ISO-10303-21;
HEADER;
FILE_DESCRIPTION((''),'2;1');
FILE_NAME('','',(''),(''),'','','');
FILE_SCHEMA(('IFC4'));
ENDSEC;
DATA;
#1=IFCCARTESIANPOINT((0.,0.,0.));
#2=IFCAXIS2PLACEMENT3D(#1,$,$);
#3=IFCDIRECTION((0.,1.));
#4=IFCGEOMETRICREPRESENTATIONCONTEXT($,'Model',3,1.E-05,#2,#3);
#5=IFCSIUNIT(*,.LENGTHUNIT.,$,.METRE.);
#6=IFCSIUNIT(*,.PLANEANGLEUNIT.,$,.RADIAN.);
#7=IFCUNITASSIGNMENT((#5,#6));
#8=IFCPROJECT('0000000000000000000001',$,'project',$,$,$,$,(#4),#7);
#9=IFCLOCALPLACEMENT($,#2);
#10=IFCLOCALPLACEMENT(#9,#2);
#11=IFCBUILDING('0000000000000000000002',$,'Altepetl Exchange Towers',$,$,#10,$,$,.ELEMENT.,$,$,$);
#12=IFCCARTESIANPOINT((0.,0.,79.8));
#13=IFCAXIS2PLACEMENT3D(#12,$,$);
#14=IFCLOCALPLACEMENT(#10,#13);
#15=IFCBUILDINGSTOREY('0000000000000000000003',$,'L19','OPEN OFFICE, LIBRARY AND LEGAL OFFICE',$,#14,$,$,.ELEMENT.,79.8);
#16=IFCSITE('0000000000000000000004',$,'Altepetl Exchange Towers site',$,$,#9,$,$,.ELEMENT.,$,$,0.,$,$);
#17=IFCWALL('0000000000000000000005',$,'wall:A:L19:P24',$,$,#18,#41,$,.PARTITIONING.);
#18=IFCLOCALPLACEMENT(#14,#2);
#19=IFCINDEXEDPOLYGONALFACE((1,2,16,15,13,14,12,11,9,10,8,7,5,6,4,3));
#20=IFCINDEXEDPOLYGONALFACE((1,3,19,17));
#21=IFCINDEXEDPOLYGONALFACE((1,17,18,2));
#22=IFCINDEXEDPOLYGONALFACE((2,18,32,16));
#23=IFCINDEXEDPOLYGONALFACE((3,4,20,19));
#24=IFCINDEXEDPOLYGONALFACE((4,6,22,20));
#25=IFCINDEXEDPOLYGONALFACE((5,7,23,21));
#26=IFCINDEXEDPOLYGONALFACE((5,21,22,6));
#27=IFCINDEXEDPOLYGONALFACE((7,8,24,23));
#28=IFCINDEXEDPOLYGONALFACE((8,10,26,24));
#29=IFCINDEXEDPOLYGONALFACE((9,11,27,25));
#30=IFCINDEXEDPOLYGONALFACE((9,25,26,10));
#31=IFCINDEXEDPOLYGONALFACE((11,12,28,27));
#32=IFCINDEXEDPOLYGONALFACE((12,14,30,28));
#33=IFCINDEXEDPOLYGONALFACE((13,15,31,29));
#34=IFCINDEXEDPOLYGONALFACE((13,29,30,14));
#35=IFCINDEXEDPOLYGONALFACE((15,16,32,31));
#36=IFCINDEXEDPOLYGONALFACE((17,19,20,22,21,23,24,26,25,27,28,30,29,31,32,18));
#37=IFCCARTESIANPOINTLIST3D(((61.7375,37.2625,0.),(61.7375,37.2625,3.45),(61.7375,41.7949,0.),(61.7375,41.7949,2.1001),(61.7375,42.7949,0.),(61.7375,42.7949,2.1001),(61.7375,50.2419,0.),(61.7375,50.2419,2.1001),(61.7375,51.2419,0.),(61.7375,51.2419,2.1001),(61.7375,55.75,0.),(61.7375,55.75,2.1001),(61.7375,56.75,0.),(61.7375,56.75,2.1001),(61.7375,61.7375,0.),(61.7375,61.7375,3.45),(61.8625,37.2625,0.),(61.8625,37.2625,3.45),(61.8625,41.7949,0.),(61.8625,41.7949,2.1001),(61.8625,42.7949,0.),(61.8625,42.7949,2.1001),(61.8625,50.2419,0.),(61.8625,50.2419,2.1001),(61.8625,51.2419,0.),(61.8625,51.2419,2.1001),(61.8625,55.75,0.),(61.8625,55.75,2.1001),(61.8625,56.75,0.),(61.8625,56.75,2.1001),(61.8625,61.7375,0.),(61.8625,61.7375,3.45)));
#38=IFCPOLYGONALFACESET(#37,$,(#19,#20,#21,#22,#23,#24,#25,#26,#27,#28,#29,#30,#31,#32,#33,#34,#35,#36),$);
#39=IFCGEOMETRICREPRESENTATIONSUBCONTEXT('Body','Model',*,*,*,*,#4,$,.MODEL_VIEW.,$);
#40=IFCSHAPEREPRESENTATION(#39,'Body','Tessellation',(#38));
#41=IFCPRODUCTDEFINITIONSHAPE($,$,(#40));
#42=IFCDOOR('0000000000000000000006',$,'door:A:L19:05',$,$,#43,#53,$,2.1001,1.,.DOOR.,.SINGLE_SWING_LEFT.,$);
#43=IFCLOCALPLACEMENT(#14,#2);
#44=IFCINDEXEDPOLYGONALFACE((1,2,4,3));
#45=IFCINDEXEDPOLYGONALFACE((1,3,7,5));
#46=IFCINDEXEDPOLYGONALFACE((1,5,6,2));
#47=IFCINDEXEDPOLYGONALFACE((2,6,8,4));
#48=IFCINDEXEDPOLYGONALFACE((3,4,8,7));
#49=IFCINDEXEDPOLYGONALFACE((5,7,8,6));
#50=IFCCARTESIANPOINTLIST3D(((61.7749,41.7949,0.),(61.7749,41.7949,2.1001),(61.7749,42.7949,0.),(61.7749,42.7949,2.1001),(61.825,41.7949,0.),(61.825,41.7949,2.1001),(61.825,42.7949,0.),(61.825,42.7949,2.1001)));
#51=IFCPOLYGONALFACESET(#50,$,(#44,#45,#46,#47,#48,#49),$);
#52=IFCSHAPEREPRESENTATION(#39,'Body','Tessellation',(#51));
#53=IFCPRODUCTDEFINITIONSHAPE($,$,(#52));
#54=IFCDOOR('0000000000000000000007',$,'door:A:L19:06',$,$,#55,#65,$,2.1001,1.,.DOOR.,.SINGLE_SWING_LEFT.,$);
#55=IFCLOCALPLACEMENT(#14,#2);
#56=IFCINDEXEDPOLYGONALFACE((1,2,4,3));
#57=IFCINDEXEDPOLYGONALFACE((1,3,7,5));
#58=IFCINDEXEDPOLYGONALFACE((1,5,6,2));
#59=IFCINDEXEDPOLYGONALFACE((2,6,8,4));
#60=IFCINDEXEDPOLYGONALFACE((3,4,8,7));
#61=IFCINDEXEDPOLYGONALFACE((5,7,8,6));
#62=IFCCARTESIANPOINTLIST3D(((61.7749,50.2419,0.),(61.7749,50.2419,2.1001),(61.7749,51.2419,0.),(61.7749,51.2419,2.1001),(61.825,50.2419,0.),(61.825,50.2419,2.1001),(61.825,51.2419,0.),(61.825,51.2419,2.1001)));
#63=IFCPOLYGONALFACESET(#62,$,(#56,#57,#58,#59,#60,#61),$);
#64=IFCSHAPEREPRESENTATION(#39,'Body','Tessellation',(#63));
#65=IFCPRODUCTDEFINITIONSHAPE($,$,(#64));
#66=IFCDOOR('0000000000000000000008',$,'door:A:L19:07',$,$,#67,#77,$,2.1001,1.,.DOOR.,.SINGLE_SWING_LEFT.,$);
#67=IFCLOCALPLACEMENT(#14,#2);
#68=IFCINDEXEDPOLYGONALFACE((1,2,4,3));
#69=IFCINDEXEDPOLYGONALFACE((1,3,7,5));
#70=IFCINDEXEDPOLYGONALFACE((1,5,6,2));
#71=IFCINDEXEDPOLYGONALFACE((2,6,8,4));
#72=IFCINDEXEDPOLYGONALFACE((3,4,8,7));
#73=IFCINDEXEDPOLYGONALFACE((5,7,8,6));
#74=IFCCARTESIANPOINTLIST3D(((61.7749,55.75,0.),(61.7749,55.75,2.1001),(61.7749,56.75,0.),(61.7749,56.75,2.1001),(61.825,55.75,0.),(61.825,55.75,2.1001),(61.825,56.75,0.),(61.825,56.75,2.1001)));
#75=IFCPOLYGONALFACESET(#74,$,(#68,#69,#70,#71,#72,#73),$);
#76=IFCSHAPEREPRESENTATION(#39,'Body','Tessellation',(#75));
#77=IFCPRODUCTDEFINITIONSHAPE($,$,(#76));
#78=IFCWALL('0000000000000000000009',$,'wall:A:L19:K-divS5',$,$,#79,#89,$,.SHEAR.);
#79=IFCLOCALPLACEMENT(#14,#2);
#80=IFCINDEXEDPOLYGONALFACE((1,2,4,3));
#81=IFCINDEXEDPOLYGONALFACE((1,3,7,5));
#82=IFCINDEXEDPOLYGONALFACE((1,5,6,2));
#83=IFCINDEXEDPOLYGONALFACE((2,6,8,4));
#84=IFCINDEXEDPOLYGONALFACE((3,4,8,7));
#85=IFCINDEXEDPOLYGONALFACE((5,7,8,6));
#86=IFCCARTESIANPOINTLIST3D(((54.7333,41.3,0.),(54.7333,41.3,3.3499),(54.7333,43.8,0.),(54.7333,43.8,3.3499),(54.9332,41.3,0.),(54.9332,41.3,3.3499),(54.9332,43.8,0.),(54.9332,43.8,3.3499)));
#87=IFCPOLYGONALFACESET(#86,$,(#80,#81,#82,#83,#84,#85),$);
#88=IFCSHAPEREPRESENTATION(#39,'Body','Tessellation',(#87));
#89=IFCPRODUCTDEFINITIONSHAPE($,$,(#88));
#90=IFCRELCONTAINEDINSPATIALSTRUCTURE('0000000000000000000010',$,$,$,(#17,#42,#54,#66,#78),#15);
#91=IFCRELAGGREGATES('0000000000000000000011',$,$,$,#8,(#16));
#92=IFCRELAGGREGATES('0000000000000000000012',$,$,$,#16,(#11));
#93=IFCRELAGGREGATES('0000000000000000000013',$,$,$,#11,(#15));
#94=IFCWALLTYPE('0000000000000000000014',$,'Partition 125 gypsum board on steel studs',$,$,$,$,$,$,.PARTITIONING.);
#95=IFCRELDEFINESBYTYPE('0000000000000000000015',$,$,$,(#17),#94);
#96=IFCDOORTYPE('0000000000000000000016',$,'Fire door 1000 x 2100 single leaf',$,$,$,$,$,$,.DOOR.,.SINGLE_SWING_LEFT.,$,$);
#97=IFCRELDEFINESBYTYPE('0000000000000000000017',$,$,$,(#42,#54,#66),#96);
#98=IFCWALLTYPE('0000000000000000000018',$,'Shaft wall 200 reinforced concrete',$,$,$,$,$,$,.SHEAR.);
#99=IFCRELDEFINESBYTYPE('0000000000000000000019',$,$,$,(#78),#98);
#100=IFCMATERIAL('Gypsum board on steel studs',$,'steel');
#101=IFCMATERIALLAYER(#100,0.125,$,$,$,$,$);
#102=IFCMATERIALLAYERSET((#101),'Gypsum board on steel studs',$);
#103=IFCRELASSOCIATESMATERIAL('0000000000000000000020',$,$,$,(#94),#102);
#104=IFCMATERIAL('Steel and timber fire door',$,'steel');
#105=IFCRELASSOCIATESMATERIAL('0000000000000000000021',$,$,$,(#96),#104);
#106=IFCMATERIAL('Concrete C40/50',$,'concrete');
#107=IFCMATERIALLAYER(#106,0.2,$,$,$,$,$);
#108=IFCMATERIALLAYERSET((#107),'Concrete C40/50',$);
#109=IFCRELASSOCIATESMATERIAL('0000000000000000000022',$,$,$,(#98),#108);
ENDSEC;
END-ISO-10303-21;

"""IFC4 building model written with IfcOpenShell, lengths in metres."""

from ifc_helpers import new_model, si_unit, direction, frame, frame_2d, origin, place, context, subcontext, project, spatial, rectangle, extrude, material, layer, layer_set, type_object, element, fill, save


model = new_model("IFC4")

# Units and contexts
model_context = context("Model", 3, precision=1e-05, world=origin(), true_north=direction((0.0, 1.0)))
body_context = subcontext(model_context, "Body", "Model", "MODEL_VIEW")
ifc_project = project(units=[si_unit("LENGTHUNIT", "METRE"), si_unit("PLANEANGLEUNIT", "RADIAN")], contexts=[model_context])

# Site, building, storey
site_placement = place(None, origin())
site = spatial("IfcSite", under=ifc_project, at=site_placement, Name="Altepetl Exchange Towers site", CompositionType="ELEMENT", RefElevation=0.0)
building_placement = place(site_placement, origin())
building = spatial("IfcBuilding", under=site, at=building_placement, Name="Altepetl Exchange Towers", CompositionType="ELEMENT")
storey_placement = place(building_placement, frame((0.0, 0.0, 79.8)))
storey = spatial("IfcBuildingStorey", under=building, at=storey_placement, Name="L19", Description="OPEN OFFICE, LIBRARY AND LEGAL OFFICE", CompositionType="ELEMENT", Elevation=79.8)

# Shared definitions
ifc_material_1 = material(Name="Steel and timber fire door", Category="steel")

# Shared definitions
ifc_material_2 = material(Name="Gypsum board on steel studs", Category="steel")
ifc_layer_1 = layer(ifc_material_2, 0.125)
ifc_layer_set_1 = layer_set([ifc_layer_1], Name="Gypsum board on steel studs")
wall_type_1 = type_object("IfcWallType", Name="Partition 125 gypsum board on steel studs", PredefinedType="PARTITIONING", material=ifc_layer_set_1)

# Wall, openings, doors
wall_1_placement = place(storey_placement, frame((61.8, 37.2625, 0.0), z_axis=(0.0, 0.0, 1.0), x_axis=(0.0, 1.0, 0.0)))
wall_1 = element("IfcWall", 1, at=wall_1_placement, inside=storey, type_object=wall_type_1, Name="wall:A:L19:P24", PredefinedType="PARTITIONING", context=body_context, shape_type="SweptSolid", body=[
    extrude(rectangle(XDim=24.4751, YDim=0.125, at=frame_2d((12.2375, 0.0))), origin(), (0.0, 0.0, 1.0), 3.45),
])
opening_1_placement = place(wall_1_placement, frame((4.5325, 0.0, 0.0)))
opening_1 = element("IfcOpeningElement", 2, at=opening_1_placement, cuts=wall_1, PredefinedType="OPENING", context=body_context, shape_type="SweptSolid", body=[
    extrude(rectangle(XDim=1.0, YDim=2.1001, at=frame_2d((0.5, 1.05))), frame((0.0, 0.0725, 0.0), z_axis=(0.0, -1.0, 0.0), x_axis=(1.0, 0.0, 0.0)), (0.0, 0.0, 1.0), 0.145),
])
opening_2_placement = place(wall_1_placement, frame((12.9795, 0.0, 0.0)))
opening_2 = element("IfcOpeningElement", 3, at=opening_2_placement, cuts=wall_1, PredefinedType="OPENING", context=body_context, shape_type="SweptSolid", body=[
    extrude(rectangle(XDim=1.0, YDim=2.1001, at=frame_2d((0.5, 1.05))), frame((0.0, 0.0725, 0.0), z_axis=(0.0, -1.0, 0.0), x_axis=(1.0, 0.0, 0.0)), (0.0, 0.0, 1.0), 0.145),
])
opening_3_placement = place(wall_1_placement, frame((18.4875, 0.0, 0.0)))
opening_3 = element("IfcOpeningElement", 4, at=opening_3_placement, cuts=wall_1, PredefinedType="OPENING", context=body_context, shape_type="SweptSolid", body=[
    extrude(rectangle(XDim=1.0, YDim=2.1001, at=frame_2d((0.5, 1.05))), frame((0.0, 0.0725, 0.0), z_axis=(0.0, -1.0, 0.0), x_axis=(1.0, 0.0, 0.0)), (0.0, 0.0, 1.0), 0.145),
])
door_type_1 = type_object("IfcDoorType", Name="Fire door 1000 x 2100 single leaf", OperationType="SINGLE_SWING_LEFT", PredefinedType="DOOR", material=ifc_material_1)
door_1_placement = place(opening_1_placement, frame((1.0, 0.0, 0.0), x_axis=(-1.0, 0.0, 0.0)))
door_1 = element("IfcDoor", 5, at=door_1_placement, inside=storey, type_object=door_type_1, Name="door:A:L19:05", OperationType="SINGLE_SWING_LEFT", OverallHeight=2.1001, OverallWidth=1.0, PredefinedType="DOOR", context=body_context, shape_type="SweptSolid", body=[
    extrude(rectangle(XDim=1.0, YDim=2.1001, at=frame_2d((0.5, 1.05))), frame((0.0, 0.0249, 0.0), z_axis=(0.0, -1.0, 0.0), x_axis=(1.0, 0.0, 0.0)), (0.0, 0.0, 1.0), 0.05),
])
fill(opening_1, door_1)
door_2_placement = place(opening_2_placement, frame((1.0, 0.0, 0.0), x_axis=(-1.0, 0.0, 0.0)))
door_2 = element("IfcDoor", 6, at=door_2_placement, inside=storey, type_object=door_type_1, Name="door:A:L19:06", OperationType="SINGLE_SWING_LEFT", OverallHeight=2.1001, OverallWidth=1.0, PredefinedType="DOOR", context=body_context, shape_type="SweptSolid", body=[
    extrude(rectangle(XDim=1.0, YDim=2.1001, at=frame_2d((0.5, 1.05))), frame((0.0, 0.0249, 0.0), z_axis=(0.0, -1.0, 0.0), x_axis=(1.0, 0.0, 0.0)), (0.0, 0.0, 1.0), 0.05),
])
fill(opening_2, door_2)
door_3_placement = place(opening_3_placement, frame((1.0, 0.0, 0.0), x_axis=(-1.0, 0.0, 0.0)))
door_3 = element("IfcDoor", 7, at=door_3_placement, inside=storey, type_object=door_type_1, Name="door:A:L19:07", OperationType="SINGLE_SWING_LEFT", OverallHeight=2.1001, OverallWidth=1.0, PredefinedType="DOOR", context=body_context, shape_type="SweptSolid", body=[
    extrude(rectangle(XDim=1.0, YDim=2.1001, at=frame_2d((0.5, 1.05))), frame((0.0, 0.0249, 0.0), z_axis=(0.0, -1.0, 0.0), x_axis=(1.0, 0.0, 0.0)), (0.0, 0.0, 1.0), 0.05),
])
fill(opening_3, door_3)

# Wall
ifc_material_3 = material(Name="Concrete C40/50", Category="concrete")
ifc_layer_2 = layer(ifc_material_3, 0.2)
ifc_layer_set_2 = layer_set([ifc_layer_2], Name="Concrete C40/50")
wall_type_2 = type_object("IfcWallType", Name="Shaft wall 200 reinforced concrete", PredefinedType="SHEAR", material=ifc_layer_set_2)
wall_2_placement = place(storey_placement, frame((54.8333, 41.3, 0.0), z_axis=(0.0, 0.0, 1.0), x_axis=(0.0, 1.0, 0.0)))
element("IfcWall", 8, at=wall_2_placement, inside=storey, type_object=wall_type_2, Name="wall:A:L19:K-divS5", PredefinedType="SHEAR", context=body_context, shape_type="SweptSolid", body=[
    extrude(rectangle(XDim=2.5, YDim=0.2, at=frame_2d((1.25, 0.0))), origin(), (0.0, 0.0, 1.0), 3.3499),
])

save(model, "model.ifc")
